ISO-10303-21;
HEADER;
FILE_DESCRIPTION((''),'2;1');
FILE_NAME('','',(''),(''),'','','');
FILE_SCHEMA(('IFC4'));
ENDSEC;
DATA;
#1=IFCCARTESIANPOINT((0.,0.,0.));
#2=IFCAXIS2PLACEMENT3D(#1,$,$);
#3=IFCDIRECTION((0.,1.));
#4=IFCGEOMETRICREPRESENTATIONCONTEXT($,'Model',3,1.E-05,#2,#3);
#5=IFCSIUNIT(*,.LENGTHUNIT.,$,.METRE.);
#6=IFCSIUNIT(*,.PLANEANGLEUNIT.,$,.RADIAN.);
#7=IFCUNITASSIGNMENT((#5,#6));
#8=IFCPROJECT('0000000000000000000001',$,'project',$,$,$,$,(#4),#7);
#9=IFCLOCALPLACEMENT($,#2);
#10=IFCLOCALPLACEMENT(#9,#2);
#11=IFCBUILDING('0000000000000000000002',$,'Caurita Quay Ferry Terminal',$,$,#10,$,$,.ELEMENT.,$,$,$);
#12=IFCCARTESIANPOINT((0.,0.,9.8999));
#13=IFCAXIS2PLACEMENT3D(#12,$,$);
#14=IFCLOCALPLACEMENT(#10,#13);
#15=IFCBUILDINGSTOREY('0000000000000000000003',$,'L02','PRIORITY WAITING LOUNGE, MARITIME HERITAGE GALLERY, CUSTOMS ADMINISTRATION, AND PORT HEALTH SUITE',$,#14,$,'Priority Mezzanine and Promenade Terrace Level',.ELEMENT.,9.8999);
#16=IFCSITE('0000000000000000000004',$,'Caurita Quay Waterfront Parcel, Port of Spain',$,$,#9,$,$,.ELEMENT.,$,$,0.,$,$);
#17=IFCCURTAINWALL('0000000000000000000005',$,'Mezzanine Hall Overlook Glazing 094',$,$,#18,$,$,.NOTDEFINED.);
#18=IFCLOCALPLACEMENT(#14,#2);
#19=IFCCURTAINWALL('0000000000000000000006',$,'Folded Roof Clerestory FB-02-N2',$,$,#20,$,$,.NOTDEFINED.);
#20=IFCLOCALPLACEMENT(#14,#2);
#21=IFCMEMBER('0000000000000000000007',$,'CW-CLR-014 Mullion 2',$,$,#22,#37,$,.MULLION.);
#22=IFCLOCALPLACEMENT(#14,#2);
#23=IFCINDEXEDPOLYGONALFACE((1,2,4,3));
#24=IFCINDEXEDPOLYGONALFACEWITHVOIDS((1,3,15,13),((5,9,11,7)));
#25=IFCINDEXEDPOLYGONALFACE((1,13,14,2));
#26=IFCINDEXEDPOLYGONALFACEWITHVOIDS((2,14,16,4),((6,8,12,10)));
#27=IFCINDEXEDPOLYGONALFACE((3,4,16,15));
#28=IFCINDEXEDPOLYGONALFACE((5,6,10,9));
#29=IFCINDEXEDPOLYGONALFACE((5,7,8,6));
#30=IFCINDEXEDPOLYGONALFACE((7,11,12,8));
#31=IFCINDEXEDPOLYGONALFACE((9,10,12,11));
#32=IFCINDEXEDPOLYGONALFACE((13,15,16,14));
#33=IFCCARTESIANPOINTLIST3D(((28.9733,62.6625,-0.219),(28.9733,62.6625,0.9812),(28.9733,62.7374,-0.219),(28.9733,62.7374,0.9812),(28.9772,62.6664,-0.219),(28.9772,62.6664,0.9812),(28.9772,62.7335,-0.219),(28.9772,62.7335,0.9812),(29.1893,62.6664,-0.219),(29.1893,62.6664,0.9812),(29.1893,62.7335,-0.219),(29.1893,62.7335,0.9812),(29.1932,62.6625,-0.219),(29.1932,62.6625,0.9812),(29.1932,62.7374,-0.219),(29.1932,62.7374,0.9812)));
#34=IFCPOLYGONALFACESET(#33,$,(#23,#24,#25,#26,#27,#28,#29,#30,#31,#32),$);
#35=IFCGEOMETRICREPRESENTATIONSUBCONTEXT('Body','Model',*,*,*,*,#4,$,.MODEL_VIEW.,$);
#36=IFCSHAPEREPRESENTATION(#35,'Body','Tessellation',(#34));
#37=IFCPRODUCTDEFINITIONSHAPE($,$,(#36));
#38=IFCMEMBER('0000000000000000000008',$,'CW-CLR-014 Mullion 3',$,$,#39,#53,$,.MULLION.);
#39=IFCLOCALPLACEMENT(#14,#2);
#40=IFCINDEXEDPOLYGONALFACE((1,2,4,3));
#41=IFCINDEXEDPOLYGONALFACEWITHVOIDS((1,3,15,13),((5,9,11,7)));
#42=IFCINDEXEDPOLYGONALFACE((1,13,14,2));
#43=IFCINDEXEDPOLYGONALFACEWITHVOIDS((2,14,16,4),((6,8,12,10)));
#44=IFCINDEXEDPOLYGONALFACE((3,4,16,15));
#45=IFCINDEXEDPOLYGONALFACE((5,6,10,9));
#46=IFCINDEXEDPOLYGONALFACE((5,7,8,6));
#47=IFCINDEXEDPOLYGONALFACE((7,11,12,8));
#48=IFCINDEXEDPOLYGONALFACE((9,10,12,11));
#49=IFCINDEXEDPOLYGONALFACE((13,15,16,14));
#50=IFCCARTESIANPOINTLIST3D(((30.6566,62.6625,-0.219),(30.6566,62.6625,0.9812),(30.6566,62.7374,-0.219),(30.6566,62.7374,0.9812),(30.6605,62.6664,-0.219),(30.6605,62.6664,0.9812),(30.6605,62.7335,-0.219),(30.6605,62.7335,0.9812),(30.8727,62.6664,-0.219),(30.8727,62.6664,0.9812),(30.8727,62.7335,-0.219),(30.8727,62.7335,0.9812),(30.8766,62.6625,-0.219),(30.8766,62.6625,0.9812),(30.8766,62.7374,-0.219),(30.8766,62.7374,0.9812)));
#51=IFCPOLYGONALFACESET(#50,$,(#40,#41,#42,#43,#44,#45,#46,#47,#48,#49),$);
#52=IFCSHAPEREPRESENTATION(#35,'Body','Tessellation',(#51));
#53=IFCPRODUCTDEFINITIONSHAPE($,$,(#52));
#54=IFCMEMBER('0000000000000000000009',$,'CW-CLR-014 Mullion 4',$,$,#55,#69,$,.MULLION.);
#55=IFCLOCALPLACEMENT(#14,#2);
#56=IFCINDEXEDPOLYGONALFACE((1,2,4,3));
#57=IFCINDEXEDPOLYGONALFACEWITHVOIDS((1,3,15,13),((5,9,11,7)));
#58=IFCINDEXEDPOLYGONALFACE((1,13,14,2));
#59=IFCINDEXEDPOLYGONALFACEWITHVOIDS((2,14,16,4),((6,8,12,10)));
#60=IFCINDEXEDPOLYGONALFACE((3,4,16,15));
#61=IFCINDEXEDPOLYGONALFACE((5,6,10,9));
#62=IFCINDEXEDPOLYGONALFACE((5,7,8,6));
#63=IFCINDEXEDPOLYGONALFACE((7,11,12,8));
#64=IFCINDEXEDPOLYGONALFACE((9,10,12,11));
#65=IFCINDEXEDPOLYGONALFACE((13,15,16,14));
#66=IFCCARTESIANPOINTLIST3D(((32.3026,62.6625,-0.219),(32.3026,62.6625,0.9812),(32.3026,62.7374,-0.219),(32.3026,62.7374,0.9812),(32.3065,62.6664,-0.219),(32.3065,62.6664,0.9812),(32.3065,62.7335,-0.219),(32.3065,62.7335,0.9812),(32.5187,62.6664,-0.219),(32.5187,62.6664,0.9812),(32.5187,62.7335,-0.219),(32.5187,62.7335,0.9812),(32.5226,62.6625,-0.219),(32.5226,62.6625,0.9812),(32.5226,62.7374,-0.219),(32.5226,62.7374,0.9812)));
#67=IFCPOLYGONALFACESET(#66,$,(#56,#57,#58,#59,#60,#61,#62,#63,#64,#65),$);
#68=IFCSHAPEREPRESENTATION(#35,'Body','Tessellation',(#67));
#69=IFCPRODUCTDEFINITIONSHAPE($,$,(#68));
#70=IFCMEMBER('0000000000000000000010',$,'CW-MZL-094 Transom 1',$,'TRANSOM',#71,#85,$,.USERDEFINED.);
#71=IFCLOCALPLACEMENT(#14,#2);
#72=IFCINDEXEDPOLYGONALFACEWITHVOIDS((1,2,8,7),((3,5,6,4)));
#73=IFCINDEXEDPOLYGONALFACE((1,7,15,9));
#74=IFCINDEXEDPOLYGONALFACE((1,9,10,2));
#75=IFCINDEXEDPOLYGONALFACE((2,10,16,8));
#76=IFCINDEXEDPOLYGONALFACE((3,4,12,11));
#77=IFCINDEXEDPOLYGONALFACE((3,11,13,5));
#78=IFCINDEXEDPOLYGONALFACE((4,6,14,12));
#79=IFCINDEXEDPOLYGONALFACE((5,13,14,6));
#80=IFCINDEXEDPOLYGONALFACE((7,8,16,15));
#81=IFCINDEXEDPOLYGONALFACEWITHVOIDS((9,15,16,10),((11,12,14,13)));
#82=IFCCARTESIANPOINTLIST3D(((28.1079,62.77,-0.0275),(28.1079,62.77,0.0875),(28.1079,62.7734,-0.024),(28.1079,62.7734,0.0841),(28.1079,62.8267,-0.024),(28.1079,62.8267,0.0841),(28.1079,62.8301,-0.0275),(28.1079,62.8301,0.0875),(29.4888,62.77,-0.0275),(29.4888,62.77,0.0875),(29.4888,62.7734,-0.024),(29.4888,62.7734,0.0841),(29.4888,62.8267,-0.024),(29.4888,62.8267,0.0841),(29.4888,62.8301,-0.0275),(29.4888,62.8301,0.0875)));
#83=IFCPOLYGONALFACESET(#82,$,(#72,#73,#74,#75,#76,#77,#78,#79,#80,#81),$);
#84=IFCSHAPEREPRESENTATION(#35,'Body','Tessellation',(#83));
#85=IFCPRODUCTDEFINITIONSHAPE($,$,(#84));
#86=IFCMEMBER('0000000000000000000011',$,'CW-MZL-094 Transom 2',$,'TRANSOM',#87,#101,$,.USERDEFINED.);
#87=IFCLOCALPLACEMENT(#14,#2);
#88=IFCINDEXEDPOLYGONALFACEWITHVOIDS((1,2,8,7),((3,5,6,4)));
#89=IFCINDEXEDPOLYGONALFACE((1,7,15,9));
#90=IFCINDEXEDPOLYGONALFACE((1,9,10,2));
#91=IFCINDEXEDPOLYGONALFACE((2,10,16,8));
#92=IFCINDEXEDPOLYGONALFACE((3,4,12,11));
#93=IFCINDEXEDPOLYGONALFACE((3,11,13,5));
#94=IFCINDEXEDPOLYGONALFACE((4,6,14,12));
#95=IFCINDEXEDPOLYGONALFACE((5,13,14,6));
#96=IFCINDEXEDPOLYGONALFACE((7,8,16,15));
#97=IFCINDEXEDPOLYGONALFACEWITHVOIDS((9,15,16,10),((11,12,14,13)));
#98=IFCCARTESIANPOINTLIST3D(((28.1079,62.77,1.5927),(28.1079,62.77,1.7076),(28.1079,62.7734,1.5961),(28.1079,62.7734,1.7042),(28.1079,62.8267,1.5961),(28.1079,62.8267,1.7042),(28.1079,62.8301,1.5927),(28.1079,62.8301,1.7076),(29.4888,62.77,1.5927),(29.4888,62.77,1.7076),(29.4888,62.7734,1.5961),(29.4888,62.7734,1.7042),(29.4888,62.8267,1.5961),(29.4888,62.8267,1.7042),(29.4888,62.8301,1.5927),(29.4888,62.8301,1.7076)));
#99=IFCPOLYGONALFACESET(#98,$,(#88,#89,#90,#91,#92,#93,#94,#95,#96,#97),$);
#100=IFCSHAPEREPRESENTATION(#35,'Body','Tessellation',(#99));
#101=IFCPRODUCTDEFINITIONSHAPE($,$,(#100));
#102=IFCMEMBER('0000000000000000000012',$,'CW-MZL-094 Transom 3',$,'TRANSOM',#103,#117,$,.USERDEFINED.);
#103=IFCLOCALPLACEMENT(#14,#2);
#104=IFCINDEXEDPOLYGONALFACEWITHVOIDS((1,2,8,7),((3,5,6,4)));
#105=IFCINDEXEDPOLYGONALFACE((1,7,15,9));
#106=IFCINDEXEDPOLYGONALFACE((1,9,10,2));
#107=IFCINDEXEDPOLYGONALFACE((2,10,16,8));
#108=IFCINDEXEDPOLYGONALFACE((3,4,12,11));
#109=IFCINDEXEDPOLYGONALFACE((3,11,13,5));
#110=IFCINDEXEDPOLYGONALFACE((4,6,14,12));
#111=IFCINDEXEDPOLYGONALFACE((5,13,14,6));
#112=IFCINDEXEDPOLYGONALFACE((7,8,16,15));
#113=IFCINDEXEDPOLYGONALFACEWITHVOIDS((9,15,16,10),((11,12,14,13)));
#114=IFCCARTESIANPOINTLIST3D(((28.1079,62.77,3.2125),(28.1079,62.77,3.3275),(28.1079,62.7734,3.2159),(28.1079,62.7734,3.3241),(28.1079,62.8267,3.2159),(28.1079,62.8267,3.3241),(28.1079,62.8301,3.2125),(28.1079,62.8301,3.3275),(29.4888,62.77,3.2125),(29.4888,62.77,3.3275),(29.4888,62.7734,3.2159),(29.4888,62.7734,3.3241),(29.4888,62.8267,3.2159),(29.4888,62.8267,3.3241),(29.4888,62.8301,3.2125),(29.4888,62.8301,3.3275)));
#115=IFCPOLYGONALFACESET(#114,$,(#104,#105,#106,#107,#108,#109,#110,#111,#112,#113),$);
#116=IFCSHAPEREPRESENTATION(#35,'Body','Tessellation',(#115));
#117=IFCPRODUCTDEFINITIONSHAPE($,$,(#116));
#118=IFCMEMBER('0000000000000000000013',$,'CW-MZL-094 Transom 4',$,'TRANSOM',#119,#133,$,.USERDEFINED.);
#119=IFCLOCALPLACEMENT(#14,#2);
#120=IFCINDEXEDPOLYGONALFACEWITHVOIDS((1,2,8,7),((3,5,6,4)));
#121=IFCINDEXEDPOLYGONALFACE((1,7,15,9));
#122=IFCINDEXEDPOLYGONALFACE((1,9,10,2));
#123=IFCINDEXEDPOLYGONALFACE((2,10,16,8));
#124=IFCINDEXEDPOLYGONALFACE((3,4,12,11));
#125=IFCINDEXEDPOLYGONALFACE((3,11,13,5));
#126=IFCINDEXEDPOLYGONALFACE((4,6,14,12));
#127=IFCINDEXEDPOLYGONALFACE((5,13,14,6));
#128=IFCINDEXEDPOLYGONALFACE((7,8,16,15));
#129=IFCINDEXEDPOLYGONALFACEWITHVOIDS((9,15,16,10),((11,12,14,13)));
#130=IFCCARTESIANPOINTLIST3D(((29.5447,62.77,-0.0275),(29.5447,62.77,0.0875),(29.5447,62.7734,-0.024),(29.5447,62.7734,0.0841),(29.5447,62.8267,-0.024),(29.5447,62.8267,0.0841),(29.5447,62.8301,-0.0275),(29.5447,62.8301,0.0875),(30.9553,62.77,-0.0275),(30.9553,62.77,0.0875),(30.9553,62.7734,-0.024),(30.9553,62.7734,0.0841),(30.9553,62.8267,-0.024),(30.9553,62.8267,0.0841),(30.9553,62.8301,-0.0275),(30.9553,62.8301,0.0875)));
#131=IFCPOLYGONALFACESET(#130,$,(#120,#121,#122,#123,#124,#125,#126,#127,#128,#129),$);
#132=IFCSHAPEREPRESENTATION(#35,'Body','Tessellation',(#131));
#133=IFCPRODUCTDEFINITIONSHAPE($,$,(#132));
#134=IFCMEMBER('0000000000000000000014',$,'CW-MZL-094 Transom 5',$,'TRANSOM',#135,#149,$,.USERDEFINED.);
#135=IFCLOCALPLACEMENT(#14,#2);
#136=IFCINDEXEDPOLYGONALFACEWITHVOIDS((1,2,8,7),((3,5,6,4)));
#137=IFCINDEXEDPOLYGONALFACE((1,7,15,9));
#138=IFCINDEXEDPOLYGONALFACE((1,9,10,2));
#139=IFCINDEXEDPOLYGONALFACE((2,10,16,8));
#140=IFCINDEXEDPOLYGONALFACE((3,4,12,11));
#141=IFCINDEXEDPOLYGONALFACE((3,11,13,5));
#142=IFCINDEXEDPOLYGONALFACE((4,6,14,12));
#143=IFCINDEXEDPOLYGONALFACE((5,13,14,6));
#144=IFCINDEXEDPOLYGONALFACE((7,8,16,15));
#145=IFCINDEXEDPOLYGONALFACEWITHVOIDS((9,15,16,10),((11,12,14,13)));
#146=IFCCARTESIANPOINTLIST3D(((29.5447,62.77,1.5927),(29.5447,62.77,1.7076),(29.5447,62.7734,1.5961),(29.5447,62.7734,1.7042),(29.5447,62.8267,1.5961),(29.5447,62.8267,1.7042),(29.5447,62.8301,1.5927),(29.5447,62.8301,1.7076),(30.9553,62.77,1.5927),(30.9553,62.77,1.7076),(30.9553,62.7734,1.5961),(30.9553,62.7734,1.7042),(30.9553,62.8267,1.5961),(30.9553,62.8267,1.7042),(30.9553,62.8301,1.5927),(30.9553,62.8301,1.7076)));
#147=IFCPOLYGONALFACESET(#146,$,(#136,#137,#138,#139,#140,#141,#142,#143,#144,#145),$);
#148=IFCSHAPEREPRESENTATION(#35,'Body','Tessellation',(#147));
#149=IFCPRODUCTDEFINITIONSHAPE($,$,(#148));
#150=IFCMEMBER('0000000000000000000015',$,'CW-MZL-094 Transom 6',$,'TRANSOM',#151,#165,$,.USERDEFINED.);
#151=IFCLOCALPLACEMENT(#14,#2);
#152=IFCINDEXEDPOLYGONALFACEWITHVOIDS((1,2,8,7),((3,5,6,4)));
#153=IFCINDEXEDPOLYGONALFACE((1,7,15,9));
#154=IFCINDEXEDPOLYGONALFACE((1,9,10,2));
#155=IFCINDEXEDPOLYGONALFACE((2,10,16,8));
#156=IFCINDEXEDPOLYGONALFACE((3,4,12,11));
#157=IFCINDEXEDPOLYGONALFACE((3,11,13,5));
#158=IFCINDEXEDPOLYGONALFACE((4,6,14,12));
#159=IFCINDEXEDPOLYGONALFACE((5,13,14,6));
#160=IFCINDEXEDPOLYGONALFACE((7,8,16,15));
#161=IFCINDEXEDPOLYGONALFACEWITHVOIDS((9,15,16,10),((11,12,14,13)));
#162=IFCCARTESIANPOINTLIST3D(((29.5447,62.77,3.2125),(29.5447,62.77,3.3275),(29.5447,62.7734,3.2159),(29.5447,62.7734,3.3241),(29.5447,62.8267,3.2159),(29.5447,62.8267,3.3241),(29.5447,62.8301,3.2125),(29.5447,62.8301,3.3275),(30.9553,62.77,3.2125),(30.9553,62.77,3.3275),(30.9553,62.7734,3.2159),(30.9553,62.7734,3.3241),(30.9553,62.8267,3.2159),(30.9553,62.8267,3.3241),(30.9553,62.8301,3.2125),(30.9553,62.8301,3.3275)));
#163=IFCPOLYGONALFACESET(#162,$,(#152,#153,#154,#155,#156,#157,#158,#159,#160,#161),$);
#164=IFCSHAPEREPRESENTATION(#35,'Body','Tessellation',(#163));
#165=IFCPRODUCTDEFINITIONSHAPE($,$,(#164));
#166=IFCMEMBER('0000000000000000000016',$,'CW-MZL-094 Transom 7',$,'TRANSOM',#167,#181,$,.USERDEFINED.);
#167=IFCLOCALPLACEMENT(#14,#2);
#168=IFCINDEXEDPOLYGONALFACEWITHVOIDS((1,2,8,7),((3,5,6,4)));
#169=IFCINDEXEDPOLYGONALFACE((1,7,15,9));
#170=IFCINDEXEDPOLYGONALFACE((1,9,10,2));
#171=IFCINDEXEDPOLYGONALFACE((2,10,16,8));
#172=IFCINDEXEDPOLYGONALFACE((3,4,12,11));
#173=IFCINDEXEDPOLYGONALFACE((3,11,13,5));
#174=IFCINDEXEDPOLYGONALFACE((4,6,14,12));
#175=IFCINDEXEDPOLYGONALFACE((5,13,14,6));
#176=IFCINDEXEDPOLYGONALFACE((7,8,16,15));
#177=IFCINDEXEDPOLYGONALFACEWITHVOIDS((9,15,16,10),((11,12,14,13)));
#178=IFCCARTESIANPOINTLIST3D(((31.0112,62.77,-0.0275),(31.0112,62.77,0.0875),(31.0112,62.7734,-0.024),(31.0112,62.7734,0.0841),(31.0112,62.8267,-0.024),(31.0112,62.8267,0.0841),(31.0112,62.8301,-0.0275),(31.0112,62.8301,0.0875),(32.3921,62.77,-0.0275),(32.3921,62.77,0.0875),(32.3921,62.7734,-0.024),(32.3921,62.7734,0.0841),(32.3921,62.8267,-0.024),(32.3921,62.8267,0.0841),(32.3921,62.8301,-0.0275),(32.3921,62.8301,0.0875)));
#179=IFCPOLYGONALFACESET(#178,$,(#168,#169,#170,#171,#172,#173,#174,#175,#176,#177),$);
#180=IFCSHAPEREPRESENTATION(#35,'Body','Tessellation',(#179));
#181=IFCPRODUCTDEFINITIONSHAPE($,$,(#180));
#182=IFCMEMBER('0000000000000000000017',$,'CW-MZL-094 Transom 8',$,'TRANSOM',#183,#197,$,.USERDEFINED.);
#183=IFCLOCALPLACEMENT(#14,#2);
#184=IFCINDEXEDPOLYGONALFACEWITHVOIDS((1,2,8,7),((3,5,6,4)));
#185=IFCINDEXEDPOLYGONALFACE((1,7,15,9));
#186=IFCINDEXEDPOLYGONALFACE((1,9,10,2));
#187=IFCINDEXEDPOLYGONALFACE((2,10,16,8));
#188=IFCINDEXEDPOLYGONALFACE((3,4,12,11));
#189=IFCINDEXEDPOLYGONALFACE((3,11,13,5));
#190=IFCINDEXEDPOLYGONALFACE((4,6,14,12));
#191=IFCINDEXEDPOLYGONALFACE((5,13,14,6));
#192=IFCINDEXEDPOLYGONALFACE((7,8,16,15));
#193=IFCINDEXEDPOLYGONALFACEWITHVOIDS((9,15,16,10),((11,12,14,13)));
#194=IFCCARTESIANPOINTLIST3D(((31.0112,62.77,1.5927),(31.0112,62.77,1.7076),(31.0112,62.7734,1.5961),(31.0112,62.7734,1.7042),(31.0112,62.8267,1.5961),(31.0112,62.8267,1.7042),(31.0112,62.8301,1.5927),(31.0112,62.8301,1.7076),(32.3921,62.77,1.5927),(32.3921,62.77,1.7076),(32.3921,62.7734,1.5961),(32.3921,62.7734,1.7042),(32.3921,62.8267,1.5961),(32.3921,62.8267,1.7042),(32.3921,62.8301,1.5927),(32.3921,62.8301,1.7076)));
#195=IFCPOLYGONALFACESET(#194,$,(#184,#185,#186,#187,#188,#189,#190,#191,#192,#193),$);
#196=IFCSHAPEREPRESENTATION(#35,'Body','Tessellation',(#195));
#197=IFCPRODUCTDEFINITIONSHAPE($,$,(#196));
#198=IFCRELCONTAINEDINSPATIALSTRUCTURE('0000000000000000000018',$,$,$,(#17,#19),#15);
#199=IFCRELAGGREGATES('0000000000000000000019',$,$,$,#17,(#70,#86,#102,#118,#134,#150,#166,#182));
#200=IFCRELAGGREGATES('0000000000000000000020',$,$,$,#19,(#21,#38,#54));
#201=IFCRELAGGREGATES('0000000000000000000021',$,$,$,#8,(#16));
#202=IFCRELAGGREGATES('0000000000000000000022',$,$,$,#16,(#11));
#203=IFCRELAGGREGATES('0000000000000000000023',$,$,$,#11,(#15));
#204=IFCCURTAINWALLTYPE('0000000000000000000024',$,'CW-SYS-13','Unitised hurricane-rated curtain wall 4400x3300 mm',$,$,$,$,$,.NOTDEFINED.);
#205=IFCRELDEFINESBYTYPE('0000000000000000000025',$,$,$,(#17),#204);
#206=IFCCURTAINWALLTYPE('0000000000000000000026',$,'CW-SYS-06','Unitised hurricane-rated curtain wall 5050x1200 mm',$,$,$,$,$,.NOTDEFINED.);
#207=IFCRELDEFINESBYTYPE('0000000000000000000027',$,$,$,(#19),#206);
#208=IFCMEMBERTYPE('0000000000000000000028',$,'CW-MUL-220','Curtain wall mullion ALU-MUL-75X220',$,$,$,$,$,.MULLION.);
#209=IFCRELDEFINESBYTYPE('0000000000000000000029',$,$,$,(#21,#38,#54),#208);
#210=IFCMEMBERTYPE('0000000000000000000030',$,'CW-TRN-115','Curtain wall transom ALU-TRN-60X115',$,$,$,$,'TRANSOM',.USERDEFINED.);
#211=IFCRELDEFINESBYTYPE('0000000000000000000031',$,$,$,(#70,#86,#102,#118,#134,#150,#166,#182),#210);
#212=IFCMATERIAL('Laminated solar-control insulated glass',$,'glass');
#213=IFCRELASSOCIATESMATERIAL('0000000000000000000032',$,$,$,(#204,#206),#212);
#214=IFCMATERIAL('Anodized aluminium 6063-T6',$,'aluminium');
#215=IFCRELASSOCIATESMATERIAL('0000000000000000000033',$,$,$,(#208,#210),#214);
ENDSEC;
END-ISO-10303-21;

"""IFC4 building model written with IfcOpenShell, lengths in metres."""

from ifc_helpers import new_model, si_unit, direction, frame, origin, origin_2d, place, context, subcontext, project, spatial, hollow_rectangle, extrude, material, material_profile, profile_set, type_object, element, aggregate, save


model = new_model("IFC4")

# Units and contexts
model_context = context("Model", 3, precision=1e-05, world=origin(), true_north=direction((0.0, 1.0)))
body_context = subcontext(model_context, "Body", "Model", "MODEL_VIEW")
ifc_project = project(units=[si_unit("LENGTHUNIT", "METRE"), si_unit("PLANEANGLEUNIT", "RADIAN")], contexts=[model_context])

# Site, building, storey
site_placement = place(None, origin())
site = spatial("IfcSite", under=ifc_project, at=site_placement, Name="Caurita Quay Waterfront Parcel, Port of Spain", CompositionType="ELEMENT", RefElevation=0.0)
building_placement = place(site_placement, origin())
building = spatial("IfcBuilding", under=site, at=building_placement, Name="Caurita Quay Ferry Terminal", CompositionType="ELEMENT")
storey_placement = place(building_placement, frame((0.0, 0.0, 9.8999)))
storey = spatial("IfcBuildingStorey", under=building, at=storey_placement, Name="L02", Description="PRIORITY WAITING LOUNGE, MARITIME HERITAGE GALLERY, CUSTOMS ADMINISTRATION, AND PORT HEALTH SUITE", LongName="Priority Mezzanine and Promenade Terrace Level", CompositionType="ELEMENT", Elevation=9.8999)

# Shared definitions
ifc_material_1 = material(Name="Laminated solar-control insulated glass", Category="glass")
curtain_wall_type_1 = type_object("IfcCurtainWallType", Name="CW-SYS-13", Description="Unitised hurricane-rated curtain wall 4400x3300 mm", PredefinedType="NOTDEFINED", material=ifc_material_1)
ifc_material_2 = material(Name="Anodized aluminium 6063-T6", Category="aluminium")

# Curtain wall
curtain_wall_1_placement = place(storey_placement, origin())
curtain_wall_1 = element("IfcCurtainWall", 1, at=curtain_wall_1_placement, inside=storey, type_object=curtain_wall_type_1, Name="Mezzanine Hall Overlook Glazing 094", PredefinedType="NOTDEFINED")

# Shared definitions
ifc_material_profile_1 = material_profile(ifc_material_2, hollow_rectangle(XDim=0.075, YDim=0.22, WallThickness=0.0039, at=origin_2d()), Name="ALU-MUL-75X220")
ifc_profile_set_1 = profile_set([ifc_material_profile_1], Name="Anodized aluminium 6063-T6")
member_type_1 = type_object("IfcMemberType", Name="CW-MUL-220", Description="Curtain wall mullion ALU-MUL-75X220", PredefinedType="MULLION", material=ifc_profile_set_1)

# Curtain wall, members
curtain_wall_type_2 = type_object("IfcCurtainWallType", Name="CW-SYS-06", Description="Unitised hurricane-rated curtain wall 5050x1200 mm", PredefinedType="NOTDEFINED", material=ifc_material_1)
curtain_wall_2_placement = place(storey_placement, origin())
curtain_wall_2 = element("IfcCurtainWall", 2, at=curtain_wall_2_placement, inside=storey, type_object=curtain_wall_type_2, Name="Folded Roof Clerestory FB-02-N2", PredefinedType="NOTDEFINED")
member_1_placement = place(storey_placement, frame((29.0833, 62.7, -0.219), z_axis=(0.0, 0.0, 1.0), x_axis=(0.0, 1.0, 0.0)))
member_1 = element("IfcMember", 3, at=member_1_placement, type_object=member_type_1, Name="CW-CLR-014 Mullion 2", PredefinedType="MULLION", context=body_context, shape_type="SweptSolid", body=[
    extrude(hollow_rectangle(XDim=0.075, YDim=0.22, WallThickness=0.0039, at=origin_2d()), origin(), (0.0, 0.0, 1.0), 1.2002),
])
member_2_placement = place(storey_placement, frame((30.7666, 62.7, -0.219), z_axis=(0.0, 0.0, 1.0), x_axis=(0.0, 1.0, 0.0)))
member_2 = element("IfcMember", 4, at=member_2_placement, type_object=member_type_1, Name="CW-CLR-014 Mullion 3", PredefinedType="MULLION", context=body_context, shape_type="SweptSolid", body=[
    extrude(hollow_rectangle(XDim=0.075, YDim=0.22, WallThickness=0.0039, at=origin_2d()), origin(), (0.0, 0.0, 1.0), 1.2002),
])
member_3_placement = place(storey_placement, frame((32.4126, 62.7, -0.219), z_axis=(0.0, 0.0, 1.0), x_axis=(0.0, 1.0, 0.0)))
member_3 = element("IfcMember", 5, at=member_3_placement, type_object=member_type_1, Name="CW-CLR-014 Mullion 4", PredefinedType="MULLION", context=body_context, shape_type="SweptSolid", body=[
    extrude(hollow_rectangle(XDim=0.075, YDim=0.22, WallThickness=0.0039, at=origin_2d()), origin(), (0.0, 0.0, 1.0), 1.2002),
])

# Members
ifc_material_profile_2 = material_profile(ifc_material_2, hollow_rectangle(XDim=0.0601, YDim=0.115, WallThickness=0.0034, at=origin_2d()), Name="ALU-TRN-60X115")
ifc_profile_set_2 = profile_set([ifc_material_profile_2], Name="Anodized aluminium 6063-T6")
member_type_2 = type_object("IfcMemberType", Name="CW-TRN-115", Description="Curtain wall transom ALU-TRN-60X115", ElementType="TRANSOM", PredefinedType="USERDEFINED", material=ifc_profile_set_2)
member_4_placement = place(storey_placement, frame((28.1079, 62.8, 0.03), z_axis=(1.0, 0.0, 0.0), x_axis=(0.0, 1.0, 0.0)))
member_4 = element("IfcMember", 6, at=member_4_placement, type_object=member_type_2, Name="CW-MZL-094 Transom 1", ObjectType="TRANSOM", PredefinedType="USERDEFINED", context=body_context, shape_type="SweptSolid", body=[
    extrude(hollow_rectangle(XDim=0.0601, YDim=0.115, WallThickness=0.0034, at=origin_2d()), origin(), (0.0, 0.0, 1.0), 1.3809),
])
member_5_placement = place(storey_placement, frame((28.1079, 62.8, 1.6501), z_axis=(1.0, 0.0, 0.0), x_axis=(0.0, 1.0, 0.0)))
member_5 = element("IfcMember", 7, at=member_5_placement, type_object=member_type_2, Name="CW-MZL-094 Transom 2", ObjectType="TRANSOM", PredefinedType="USERDEFINED", context=body_context, shape_type="SweptSolid", body=[
    extrude(hollow_rectangle(XDim=0.0601, YDim=0.115, WallThickness=0.0034, at=origin_2d()), origin(), (0.0, 0.0, 1.0), 1.3809),
])
member_6_placement = place(storey_placement, frame((28.1079, 62.8, 3.27), z_axis=(1.0, 0.0, 0.0), x_axis=(0.0, 1.0, 0.0)))
member_6 = element("IfcMember", 8, at=member_6_placement, type_object=member_type_2, Name="CW-MZL-094 Transom 3", ObjectType="TRANSOM", PredefinedType="USERDEFINED", context=body_context, shape_type="SweptSolid", body=[
    extrude(hollow_rectangle(XDim=0.0601, YDim=0.115, WallThickness=0.0034, at=origin_2d()), origin(), (0.0, 0.0, 1.0), 1.3809),
])
member_7_placement = place(storey_placement, frame((29.5447, 62.8, 0.03), z_axis=(1.0, 0.0, 0.0), x_axis=(0.0, 1.0, 0.0)))
member_7 = element("IfcMember", 9, at=member_7_placement, type_object=member_type_2, Name="CW-MZL-094 Transom 4", ObjectType="TRANSOM", PredefinedType="USERDEFINED", context=body_context, shape_type="SweptSolid", body=[
    extrude(hollow_rectangle(XDim=0.0601, YDim=0.115, WallThickness=0.0034, at=origin_2d()), origin(), (0.0, 0.0, 1.0), 1.4106),
])
member_8_placement = place(storey_placement, frame((29.5447, 62.8, 1.6501), z_axis=(1.0, 0.0, 0.0), x_axis=(0.0, 1.0, 0.0)))
member_8 = element("IfcMember", 10, at=member_8_placement, type_object=member_type_2, Name="CW-MZL-094 Transom 5", ObjectType="TRANSOM", PredefinedType="USERDEFINED", context=body_context, shape_type="SweptSolid", body=[
    extrude(hollow_rectangle(XDim=0.0601, YDim=0.115, WallThickness=0.0034, at=origin_2d()), origin(), (0.0, 0.0, 1.0), 1.4106),
])
member_9_placement = place(storey_placement, frame((29.5447, 62.8, 3.27), z_axis=(1.0, 0.0, 0.0), x_axis=(0.0, 1.0, 0.0)))
member_9 = element("IfcMember", 11, at=member_9_placement, type_object=member_type_2, Name="CW-MZL-094 Transom 6", ObjectType="TRANSOM", PredefinedType="USERDEFINED", context=body_context, shape_type="SweptSolid", body=[
    extrude(hollow_rectangle(XDim=0.0601, YDim=0.115, WallThickness=0.0034, at=origin_2d()), origin(), (0.0, 0.0, 1.0), 1.4106),
])
member_10_placement = place(storey_placement, frame((31.0112, 62.8, 0.03), z_axis=(1.0, 0.0, 0.0), x_axis=(0.0, 1.0, 0.0)))
member_10 = element("IfcMember", 12, at=member_10_placement, type_object=member_type_2, Name="CW-MZL-094 Transom 7", ObjectType="TRANSOM", PredefinedType="USERDEFINED", context=body_context, shape_type="SweptSolid", body=[
    extrude(hollow_rectangle(XDim=0.0601, YDim=0.115, WallThickness=0.0034, at=origin_2d()), origin(), (0.0, 0.0, 1.0), 1.3809),
])
member_11_placement = place(storey_placement, frame((31.0112, 62.8, 1.6501), z_axis=(1.0, 0.0, 0.0), x_axis=(0.0, 1.0, 0.0)))
member_11 = element("IfcMember", 13, at=member_11_placement, type_object=member_type_2, Name="CW-MZL-094 Transom 8", ObjectType="TRANSOM", PredefinedType="USERDEFINED", context=body_context, shape_type="SweptSolid", body=[
    extrude(hollow_rectangle(XDim=0.0601, YDim=0.115, WallThickness=0.0034, at=origin_2d()), origin(), (0.0, 0.0, 1.0), 1.3809),
])

aggregate(curtain_wall_1, [member_4, member_5, member_6, member_7, member_8, member_9, member_10, member_11])
aggregate(curtain_wall_2, [member_1, member_2, member_3])

save(model, "model.ifc")
